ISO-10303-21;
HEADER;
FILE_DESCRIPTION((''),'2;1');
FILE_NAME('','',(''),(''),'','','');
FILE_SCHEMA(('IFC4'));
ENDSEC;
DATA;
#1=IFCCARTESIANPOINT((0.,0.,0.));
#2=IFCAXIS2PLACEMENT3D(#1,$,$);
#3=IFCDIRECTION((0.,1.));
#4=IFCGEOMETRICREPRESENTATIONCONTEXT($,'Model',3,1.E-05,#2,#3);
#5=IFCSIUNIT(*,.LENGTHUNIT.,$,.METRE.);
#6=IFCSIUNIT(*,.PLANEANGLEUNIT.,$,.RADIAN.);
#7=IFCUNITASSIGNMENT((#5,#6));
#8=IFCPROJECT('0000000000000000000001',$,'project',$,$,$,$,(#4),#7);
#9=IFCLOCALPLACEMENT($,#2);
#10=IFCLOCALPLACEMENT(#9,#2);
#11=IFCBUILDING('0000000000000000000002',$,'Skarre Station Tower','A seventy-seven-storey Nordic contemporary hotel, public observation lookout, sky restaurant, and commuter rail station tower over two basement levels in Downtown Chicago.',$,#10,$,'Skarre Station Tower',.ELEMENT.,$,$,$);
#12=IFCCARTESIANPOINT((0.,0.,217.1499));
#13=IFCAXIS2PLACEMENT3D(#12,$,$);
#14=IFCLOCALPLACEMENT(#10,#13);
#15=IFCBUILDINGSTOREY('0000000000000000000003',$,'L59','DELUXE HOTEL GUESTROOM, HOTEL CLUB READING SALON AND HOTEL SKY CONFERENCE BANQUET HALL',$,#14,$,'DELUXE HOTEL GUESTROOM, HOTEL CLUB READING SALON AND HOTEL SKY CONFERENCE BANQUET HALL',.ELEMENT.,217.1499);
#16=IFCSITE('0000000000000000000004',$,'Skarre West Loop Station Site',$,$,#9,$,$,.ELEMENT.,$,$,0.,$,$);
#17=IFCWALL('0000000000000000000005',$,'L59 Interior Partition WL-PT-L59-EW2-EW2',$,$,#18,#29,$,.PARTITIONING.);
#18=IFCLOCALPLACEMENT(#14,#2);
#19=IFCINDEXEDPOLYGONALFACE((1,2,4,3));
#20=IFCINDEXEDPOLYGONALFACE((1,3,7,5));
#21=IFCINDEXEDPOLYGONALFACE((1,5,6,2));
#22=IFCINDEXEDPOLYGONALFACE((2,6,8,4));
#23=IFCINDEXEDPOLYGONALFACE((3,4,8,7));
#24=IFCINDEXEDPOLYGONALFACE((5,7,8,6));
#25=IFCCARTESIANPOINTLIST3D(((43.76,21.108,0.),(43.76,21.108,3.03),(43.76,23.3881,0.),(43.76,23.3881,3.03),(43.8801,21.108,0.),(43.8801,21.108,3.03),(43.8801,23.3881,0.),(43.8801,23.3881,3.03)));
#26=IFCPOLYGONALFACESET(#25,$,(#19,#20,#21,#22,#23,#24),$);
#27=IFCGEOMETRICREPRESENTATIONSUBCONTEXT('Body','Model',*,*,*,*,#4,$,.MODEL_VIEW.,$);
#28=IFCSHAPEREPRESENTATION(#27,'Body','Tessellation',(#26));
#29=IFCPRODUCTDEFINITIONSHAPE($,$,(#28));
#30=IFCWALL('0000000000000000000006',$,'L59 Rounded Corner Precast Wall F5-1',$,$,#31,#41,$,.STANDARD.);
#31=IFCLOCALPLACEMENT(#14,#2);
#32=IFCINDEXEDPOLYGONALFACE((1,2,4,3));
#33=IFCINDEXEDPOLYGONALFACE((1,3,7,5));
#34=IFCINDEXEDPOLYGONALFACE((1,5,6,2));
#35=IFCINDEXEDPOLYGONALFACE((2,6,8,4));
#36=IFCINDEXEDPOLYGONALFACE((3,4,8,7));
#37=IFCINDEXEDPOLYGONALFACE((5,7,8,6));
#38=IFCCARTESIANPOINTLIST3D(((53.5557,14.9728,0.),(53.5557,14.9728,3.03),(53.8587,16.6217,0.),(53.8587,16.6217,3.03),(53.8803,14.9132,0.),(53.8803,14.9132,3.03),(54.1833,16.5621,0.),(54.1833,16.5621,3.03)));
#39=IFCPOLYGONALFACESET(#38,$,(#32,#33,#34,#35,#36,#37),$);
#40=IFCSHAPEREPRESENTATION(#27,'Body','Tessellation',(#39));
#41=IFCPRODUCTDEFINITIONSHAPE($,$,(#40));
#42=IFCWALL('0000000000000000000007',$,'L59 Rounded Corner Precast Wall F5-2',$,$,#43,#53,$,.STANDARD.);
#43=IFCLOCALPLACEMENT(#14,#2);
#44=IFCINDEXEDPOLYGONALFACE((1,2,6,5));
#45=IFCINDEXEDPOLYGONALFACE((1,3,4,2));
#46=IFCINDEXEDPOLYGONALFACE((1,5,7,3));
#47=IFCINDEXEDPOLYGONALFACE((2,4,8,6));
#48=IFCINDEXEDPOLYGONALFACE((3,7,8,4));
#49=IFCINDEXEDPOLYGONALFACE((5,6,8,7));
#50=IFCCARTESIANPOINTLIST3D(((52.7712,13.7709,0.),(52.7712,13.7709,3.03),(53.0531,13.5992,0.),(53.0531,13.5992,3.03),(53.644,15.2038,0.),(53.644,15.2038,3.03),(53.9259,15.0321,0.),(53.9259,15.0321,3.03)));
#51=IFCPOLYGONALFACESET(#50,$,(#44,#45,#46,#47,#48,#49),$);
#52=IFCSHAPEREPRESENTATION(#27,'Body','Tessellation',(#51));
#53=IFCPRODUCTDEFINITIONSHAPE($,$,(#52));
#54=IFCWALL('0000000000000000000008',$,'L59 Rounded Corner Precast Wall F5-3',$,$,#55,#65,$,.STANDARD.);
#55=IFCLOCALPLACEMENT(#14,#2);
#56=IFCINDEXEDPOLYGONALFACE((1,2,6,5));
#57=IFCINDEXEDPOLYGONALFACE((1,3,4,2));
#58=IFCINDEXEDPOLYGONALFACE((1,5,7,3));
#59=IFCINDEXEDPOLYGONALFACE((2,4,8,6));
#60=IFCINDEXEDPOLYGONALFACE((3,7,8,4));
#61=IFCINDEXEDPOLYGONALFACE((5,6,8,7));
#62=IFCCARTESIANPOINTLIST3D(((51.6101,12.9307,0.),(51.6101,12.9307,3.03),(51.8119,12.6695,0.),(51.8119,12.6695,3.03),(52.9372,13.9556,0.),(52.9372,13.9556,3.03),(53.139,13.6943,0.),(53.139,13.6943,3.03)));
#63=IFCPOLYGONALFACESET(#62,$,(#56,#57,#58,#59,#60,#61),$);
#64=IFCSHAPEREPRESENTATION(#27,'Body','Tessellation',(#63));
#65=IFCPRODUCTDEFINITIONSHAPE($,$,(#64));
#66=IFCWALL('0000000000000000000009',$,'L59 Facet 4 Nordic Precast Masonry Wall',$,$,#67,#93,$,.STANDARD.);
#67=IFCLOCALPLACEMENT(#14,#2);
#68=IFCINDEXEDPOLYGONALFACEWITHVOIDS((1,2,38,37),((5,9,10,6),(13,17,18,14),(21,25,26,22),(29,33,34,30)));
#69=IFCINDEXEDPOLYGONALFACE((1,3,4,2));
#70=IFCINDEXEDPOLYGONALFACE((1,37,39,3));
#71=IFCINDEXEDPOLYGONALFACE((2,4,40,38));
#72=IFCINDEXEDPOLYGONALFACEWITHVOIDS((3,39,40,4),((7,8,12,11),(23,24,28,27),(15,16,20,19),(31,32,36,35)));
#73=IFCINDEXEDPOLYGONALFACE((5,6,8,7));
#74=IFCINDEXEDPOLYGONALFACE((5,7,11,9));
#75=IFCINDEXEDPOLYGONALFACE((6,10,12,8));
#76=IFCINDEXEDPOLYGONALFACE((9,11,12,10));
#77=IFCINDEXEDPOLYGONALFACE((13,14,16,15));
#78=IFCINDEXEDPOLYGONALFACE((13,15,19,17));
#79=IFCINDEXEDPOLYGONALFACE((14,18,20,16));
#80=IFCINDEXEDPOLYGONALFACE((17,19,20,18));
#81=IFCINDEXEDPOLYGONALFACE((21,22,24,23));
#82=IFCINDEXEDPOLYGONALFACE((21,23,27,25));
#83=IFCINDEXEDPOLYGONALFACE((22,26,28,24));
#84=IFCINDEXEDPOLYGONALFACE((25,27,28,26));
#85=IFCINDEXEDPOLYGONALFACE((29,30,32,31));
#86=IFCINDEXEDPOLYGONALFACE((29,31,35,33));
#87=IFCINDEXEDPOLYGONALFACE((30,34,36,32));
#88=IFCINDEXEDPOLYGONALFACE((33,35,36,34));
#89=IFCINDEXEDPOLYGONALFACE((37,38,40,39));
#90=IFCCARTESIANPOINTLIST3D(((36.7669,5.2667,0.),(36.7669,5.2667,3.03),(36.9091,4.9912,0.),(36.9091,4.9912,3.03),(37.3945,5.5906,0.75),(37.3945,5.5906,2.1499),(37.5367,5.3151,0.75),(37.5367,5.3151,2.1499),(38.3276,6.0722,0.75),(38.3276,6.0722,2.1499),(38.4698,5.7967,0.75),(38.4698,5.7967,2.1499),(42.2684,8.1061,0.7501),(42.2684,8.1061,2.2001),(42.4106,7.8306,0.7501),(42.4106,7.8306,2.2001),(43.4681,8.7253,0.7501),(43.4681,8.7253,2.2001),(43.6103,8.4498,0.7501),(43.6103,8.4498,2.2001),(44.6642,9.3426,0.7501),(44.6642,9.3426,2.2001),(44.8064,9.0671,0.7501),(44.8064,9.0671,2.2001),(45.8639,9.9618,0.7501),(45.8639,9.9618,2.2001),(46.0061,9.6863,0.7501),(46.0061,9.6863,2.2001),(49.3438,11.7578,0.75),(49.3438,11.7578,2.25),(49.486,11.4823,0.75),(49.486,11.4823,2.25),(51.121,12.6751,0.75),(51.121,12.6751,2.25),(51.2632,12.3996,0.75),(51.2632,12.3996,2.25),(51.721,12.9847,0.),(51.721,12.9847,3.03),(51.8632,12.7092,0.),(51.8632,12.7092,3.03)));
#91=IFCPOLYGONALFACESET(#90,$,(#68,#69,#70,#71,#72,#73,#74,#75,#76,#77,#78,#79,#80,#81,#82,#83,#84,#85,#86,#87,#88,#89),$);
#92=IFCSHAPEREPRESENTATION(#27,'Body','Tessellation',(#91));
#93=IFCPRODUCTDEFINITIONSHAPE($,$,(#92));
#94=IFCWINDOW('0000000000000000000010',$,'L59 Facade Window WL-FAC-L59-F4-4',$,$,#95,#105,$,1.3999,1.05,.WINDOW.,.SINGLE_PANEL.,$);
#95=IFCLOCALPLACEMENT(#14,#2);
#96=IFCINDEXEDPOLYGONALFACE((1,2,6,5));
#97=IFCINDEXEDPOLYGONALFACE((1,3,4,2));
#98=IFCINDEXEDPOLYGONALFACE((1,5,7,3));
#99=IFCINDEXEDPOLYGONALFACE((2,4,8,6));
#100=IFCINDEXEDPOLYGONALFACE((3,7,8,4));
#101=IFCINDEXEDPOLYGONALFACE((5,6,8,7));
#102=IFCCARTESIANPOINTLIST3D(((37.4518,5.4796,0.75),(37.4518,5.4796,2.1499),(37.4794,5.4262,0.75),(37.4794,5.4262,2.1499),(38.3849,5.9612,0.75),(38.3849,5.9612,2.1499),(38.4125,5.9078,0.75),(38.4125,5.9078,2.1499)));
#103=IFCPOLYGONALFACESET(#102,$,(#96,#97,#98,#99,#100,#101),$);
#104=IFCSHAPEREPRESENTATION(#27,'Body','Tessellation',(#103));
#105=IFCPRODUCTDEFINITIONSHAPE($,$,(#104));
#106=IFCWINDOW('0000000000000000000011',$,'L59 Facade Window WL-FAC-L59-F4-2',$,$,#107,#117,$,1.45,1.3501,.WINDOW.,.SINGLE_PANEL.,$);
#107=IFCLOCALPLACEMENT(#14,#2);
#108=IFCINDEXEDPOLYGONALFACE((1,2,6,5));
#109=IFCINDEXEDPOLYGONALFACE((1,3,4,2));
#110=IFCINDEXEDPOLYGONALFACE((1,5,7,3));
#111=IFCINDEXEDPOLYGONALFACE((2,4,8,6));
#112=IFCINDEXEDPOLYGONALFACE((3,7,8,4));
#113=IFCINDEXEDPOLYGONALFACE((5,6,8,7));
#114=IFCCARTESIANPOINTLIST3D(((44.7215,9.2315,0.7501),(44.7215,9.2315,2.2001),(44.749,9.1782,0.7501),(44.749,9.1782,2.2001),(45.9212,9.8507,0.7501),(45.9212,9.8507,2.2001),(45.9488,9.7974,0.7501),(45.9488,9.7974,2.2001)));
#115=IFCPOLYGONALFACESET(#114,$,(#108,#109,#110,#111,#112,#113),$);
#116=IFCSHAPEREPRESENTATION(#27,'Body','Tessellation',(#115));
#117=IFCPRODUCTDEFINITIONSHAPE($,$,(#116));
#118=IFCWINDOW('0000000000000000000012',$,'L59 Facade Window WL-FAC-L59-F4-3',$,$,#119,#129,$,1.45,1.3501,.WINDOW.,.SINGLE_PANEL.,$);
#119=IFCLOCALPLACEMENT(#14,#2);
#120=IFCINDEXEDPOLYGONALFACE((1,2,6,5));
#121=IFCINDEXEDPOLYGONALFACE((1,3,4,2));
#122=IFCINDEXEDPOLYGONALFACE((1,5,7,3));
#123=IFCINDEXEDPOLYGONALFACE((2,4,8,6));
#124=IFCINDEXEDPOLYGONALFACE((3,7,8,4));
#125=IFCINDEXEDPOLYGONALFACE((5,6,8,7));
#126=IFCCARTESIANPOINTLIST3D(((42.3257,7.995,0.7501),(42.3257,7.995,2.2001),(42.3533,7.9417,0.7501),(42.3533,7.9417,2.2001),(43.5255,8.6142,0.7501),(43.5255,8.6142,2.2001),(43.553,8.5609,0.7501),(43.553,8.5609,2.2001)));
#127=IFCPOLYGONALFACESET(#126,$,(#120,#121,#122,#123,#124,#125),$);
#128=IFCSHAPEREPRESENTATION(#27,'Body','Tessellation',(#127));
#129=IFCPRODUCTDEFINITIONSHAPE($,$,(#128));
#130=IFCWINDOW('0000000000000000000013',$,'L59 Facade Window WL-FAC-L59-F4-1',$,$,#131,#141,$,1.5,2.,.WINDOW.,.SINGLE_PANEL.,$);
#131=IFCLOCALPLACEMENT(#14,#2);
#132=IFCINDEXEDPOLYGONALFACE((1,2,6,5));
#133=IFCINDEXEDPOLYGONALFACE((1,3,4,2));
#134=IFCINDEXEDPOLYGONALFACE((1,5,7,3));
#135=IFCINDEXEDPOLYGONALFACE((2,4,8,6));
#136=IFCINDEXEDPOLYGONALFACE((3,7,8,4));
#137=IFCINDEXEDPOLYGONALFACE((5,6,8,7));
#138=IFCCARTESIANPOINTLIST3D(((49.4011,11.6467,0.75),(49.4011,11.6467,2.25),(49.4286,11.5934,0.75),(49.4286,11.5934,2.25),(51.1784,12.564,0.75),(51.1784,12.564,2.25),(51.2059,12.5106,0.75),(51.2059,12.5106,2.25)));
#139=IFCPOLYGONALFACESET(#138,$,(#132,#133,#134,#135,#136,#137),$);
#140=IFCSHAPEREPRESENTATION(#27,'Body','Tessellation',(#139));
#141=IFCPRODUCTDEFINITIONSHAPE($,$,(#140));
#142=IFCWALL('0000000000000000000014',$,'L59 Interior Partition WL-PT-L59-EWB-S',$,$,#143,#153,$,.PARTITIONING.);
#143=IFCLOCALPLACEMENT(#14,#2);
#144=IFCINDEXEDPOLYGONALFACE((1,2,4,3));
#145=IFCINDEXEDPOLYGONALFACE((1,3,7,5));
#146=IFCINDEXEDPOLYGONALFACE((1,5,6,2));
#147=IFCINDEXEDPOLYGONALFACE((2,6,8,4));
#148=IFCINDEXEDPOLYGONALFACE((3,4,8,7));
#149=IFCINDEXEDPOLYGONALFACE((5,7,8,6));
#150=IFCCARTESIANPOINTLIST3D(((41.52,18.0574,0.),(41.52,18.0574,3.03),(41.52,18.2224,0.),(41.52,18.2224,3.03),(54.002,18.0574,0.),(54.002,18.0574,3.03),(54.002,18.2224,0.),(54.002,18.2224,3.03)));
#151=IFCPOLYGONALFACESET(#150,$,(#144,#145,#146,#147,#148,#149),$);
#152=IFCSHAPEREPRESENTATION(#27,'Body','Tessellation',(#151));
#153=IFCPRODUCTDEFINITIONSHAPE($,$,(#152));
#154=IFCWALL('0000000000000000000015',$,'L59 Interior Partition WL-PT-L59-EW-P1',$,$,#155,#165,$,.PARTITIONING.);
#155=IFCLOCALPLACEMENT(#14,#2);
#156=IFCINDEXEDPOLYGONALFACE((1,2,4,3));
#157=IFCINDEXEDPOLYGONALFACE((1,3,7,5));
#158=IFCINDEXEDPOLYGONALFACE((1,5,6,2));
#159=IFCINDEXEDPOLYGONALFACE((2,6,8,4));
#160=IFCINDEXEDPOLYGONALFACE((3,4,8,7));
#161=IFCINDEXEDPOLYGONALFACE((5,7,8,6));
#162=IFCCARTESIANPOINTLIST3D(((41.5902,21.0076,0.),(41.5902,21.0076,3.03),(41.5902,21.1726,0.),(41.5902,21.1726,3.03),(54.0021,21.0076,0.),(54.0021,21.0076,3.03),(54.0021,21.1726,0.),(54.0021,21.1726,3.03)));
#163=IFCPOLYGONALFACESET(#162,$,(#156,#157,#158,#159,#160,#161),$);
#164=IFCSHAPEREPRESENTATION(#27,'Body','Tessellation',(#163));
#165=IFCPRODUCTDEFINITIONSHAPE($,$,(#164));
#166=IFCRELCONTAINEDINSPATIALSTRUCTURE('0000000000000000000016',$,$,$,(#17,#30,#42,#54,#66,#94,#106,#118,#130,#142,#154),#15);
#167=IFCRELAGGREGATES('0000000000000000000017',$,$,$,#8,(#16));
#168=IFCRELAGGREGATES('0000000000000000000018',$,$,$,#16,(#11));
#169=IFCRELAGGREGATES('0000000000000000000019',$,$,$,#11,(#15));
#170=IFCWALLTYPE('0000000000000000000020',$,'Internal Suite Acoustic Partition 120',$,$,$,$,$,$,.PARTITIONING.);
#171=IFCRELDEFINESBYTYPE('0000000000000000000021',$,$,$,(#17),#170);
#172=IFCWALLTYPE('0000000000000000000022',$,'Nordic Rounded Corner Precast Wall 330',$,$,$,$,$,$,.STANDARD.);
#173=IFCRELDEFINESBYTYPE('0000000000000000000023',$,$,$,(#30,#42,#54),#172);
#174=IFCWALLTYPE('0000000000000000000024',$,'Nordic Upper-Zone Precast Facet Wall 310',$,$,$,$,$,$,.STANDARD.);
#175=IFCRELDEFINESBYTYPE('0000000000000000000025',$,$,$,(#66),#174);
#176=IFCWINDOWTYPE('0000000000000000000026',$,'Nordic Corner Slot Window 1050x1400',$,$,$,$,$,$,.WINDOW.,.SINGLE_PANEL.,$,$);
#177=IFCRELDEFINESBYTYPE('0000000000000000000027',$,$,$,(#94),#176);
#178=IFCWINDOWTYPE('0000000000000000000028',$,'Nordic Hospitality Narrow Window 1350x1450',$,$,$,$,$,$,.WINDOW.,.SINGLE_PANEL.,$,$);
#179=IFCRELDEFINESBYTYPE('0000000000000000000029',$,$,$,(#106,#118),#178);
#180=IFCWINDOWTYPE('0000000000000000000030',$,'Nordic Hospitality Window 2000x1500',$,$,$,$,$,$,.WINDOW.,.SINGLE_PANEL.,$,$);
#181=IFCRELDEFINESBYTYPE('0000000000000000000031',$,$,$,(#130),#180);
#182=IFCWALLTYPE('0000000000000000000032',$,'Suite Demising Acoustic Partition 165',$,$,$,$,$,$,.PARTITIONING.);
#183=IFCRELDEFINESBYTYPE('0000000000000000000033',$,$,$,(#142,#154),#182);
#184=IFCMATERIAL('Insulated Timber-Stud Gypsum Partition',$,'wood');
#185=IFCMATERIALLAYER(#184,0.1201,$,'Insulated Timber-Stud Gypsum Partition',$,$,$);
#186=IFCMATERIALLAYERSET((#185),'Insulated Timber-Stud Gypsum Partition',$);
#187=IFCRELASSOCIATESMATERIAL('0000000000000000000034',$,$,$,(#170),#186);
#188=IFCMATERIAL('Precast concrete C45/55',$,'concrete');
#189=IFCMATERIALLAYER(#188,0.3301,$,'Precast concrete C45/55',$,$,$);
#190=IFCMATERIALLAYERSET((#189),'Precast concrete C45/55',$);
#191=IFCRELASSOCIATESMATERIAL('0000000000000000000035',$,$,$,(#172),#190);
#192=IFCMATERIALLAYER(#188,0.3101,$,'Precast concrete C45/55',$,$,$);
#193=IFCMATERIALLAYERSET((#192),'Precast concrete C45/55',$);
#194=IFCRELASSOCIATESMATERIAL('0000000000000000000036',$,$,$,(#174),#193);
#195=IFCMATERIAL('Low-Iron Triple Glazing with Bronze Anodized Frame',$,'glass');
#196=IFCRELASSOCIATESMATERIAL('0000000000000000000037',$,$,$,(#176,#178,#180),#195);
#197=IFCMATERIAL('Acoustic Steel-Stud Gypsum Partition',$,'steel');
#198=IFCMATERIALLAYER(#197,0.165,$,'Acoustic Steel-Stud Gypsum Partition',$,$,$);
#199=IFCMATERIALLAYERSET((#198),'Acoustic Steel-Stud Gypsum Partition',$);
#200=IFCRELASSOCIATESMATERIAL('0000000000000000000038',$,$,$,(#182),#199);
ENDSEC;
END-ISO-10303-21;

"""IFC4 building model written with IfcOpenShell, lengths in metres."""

from ifc_helpers import new_model, si_unit, direction, frame, frame_2d, origin, place, context, subcontext, project, spatial, rectangle, extrude, material, layer, layer_set, type_object, element, fill, save


model = new_model("IFC4")

# Units and contexts
model_context = context("Model", 3, precision=1e-05, world=origin(), true_north=direction((0.0, 1.0)))
body_context = subcontext(model_context, "Body", "Model", "MODEL_VIEW")
ifc_project = project(units=[si_unit("LENGTHUNIT", "METRE"), si_unit("PLANEANGLEUNIT", "RADIAN")], contexts=[model_context])

# Site, building, storey
site_placement = place(None, origin())
site = spatial("IfcSite", under=ifc_project, at=site_placement, Name="Skarre West Loop Station Site", CompositionType="ELEMENT", RefElevation=0.0)
building_placement = place(site_placement, origin())
building = spatial("IfcBuilding", under=site, at=building_placement, Name="Skarre Station Tower", Description="A seventy-seven-storey Nordic contemporary hotel, public observation lookout, sky restaurant, and commuter rail station tower over two basement levels in Downtown Chicago.", LongName="Skarre Station Tower", CompositionType="ELEMENT")
storey_placement = place(building_placement, frame((0.0, 0.0, 217.1499)))
storey = spatial("IfcBuildingStorey", under=building, at=storey_placement, Name="L59", Description="DELUXE HOTEL GUESTROOM, HOTEL CLUB READING SALON AND HOTEL SKY CONFERENCE BANQUET HALL", LongName="DELUXE HOTEL GUESTROOM, HOTEL CLUB READING SALON AND HOTEL SKY CONFERENCE BANQUET HALL", CompositionType="ELEMENT", Elevation=217.1499)

# Shared definitions
ifc_material_1 = material(Name="Acoustic Steel-Stud Gypsum Partition", Category="steel")

# Walls
ifc_material_2 = material(Name="Insulated Timber-Stud Gypsum Partition", Category="wood")
ifc_layer_1 = layer(ifc_material_2, 0.1201, Name="Insulated Timber-Stud Gypsum Partition")
ifc_layer_set_1 = layer_set([ifc_layer_1], Name="Insulated Timber-Stud Gypsum Partition")
wall_type_1 = type_object("IfcWallType", Name="Internal Suite Acoustic Partition 120", PredefinedType="PARTITIONING", material=ifc_layer_set_1)
wall_1_placement = place(storey_placement, frame((43.8201, 21.1079, 0.0), z_axis=(0.0, 0.0, 1.0), x_axis=(0.0, 1.0, 0.0)))
element("IfcWall", 1, at=wall_1_placement, inside=storey, type_object=wall_type_1, Name="L59 Interior Partition WL-PT-L59-EW2-EW2", PredefinedType="PARTITIONING", context=body_context, shape_type="SweptSolid", body=[
    extrude(rectangle(XDim=2.28, YDim=0.1201, at=frame_2d((1.1401, 0.0))), origin(), (0.0, 0.0, 1.0), 3.03),
])
ifc_material_3 = material(Name="Precast concrete C45/55", Category="concrete")
ifc_layer_2 = layer(ifc_material_3, 0.3301, Name="Precast concrete C45/55")
ifc_layer_set_2 = layer_set([ifc_layer_2], Name="Precast concrete C45/55")
wall_type_2 = type_object("IfcWallType", Name="Nordic Rounded Corner Precast Wall 330", PredefinedType="STANDARD", material=ifc_layer_set_2)
wall_2_placement = place(storey_placement, frame((54.021, 16.592, 0.0), z_axis=(0.0, 0.0, 1.0), x_axis=(-0.180718, -0.983535, 0.0)))
element("IfcWall", 2, at=wall_2_placement, inside=storey, type_object=wall_type_2, Name="L59 Rounded Corner Precast Wall F5-1", PredefinedType="STANDARD", context=body_context, shape_type="SweptSolid", body=[
    extrude(rectangle(XDim=1.6765, YDim=0.3301, at=frame_2d((0.8384, 0.0))), origin(), (0.0, 0.0, 1.0), 3.03),
])
wall_3_placement = place(storey_placement, frame((53.7849, 15.1179, 0.0), z_axis=(0.0, 0.0, 1.0), x_axis=(-0.520219, -0.854033, 0.0)))
element("IfcWall", 3, at=wall_3_placement, inside=storey, type_object=wall_type_2, Name="L59 Rounded Corner Precast Wall F5-2", PredefinedType="STANDARD", context=body_context, shape_type="SweptSolid", body=[
    extrude(rectangle(XDim=1.6777, YDim=0.3301, at=frame_2d((0.8389, 0.0))), origin(), (0.0, 0.0, 1.0), 3.03),
])
wall_4_placement = place(storey_placement, frame((53.0381, 13.825, 0.0), z_axis=(0.0, 0.0, 1.0), x_axis=(-0.791464, -0.611215, 0.0)))
element("IfcWall", 4, at=wall_4_placement, inside=storey, type_object=wall_type_2, Name="L59 Rounded Corner Precast Wall F5-3", PredefinedType="STANDARD", context=body_context, shape_type="SweptSolid", body=[
    extrude(rectangle(XDim=1.6768, YDim=0.3301, at=frame_2d((0.8384, 0.0))), origin(), (0.0, 0.0, 1.0), 3.03),
])

# Wall, openings, windows
ifc_layer_3 = layer(ifc_material_3, 0.3101, Name="Precast concrete C45/55")
ifc_layer_set_3 = layer_set([ifc_layer_3], Name="Precast concrete C45/55")
wall_type_3 = type_object("IfcWallType", Name="Nordic Upper-Zone Precast Facet Wall 310", PredefinedType="STANDARD", material=ifc_layer_set_3)
wall_5_placement = place(storey_placement, frame((51.792, 12.8469, 0.0), z_axis=(0.0, 0.0, 1.0), x_axis=(-0.888626, -0.458632, 0.0)))
wall_5 = element("IfcWall", 5, at=wall_5_placement, inside=storey, type_object=wall_type_3, Name="L59 Facet 4 Nordic Precast Masonry Wall", PredefinedType="STANDARD", context=body_context, shape_type="SweptSolid", body=[
    extrude(rectangle(XDim=16.8284, YDim=0.3101, at=frame_2d((8.4141, 0.0))), origin(), (0.0, 0.0, 1.0), 3.03),
])
opening_1_placement = place(wall_5_placement, frame((0.675, 0.0, 0.75)))
opening_1 = element("IfcOpeningElement", 6, at=opening_1_placement, cuts=wall_5, PredefinedType="OPENING", context=body_context, shape_type="SweptSolid", body=[
    extrude(rectangle(XDim=2.0, YDim=1.5, at=frame_2d((1.0, 0.75))), frame((0.0, 0.165, 0.0), z_axis=(0.0, -1.0, 0.0), x_axis=(1.0, 0.0, 0.0)), (0.0, 0.0, 1.0), 0.3301),
])
opening_2_placement = place(wall_5_placement, frame((6.5911, 0.0, 0.75)))
opening_2 = element("IfcOpeningElement", 7, at=opening_2_placement, cuts=wall_5, PredefinedType="OPENING", context=body_context, shape_type="SweptSolid", body=[
    extrude(rectangle(XDim=1.3501, YDim=1.45, at=frame_2d((0.675, 0.7251))), frame((0.0, 0.165, 0.0), z_axis=(0.0, -1.0, 0.0), x_axis=(1.0, 0.0, 0.0)), (0.0, 0.0, 1.0), 0.3301),
])
opening_3_placement = place(wall_5_placement, frame((9.2871, 0.0, 0.75)))
opening_3 = element("IfcOpeningElement", 8, at=opening_3_placement, cuts=wall_5, PredefinedType="OPENING", context=body_context, shape_type="SweptSolid", body=[
    extrude(rectangle(XDim=1.3501, YDim=1.45, at=frame_2d((0.675, 0.7251))), frame((0.0, 0.165, 0.0), z_axis=(0.0, -1.0, 0.0), x_axis=(1.0, 0.0, 0.0)), (0.0, 0.0, 1.0), 0.3301),
])
opening_4_placement = place(wall_5_placement, frame((15.072, 0.0, 0.75)))
opening_4 = element("IfcOpeningElement", 9, at=opening_4_placement, cuts=wall_5, PredefinedType="OPENING", context=body_context, shape_type="SweptSolid", body=[
    extrude(rectangle(XDim=1.05, YDim=1.3999, at=frame_2d((0.5249, 0.7))), frame((0.0, 0.165, 0.0), z_axis=(0.0, -1.0, 0.0), x_axis=(1.0, 0.0, 0.0)), (0.0, 0.0, 1.0), 0.3301),
])
ifc_material_4 = material(Name="Low-Iron Triple Glazing with Bronze Anodized Frame", Category="glass")
window_type_1 = type_object("IfcWindowType", Name="Nordic Corner Slot Window 1050x1400", PartitioningType="SINGLE_PANEL", PredefinedType="WINDOW", material=ifc_material_4)
window_1_placement = place(opening_4_placement, origin())
window_1 = element("IfcWindow", 10, at=window_1_placement, inside=storey, type_object=window_type_1, Name="L59 Facade Window WL-FAC-L59-F4-4", OverallHeight=1.3999, OverallWidth=1.05, PartitioningType="SINGLE_PANEL", PredefinedType="WINDOW", context=body_context, shape_type="SweptSolid", body=[
    extrude(rectangle(XDim=1.05, YDim=1.3999, at=frame_2d((0.5249, 0.7))), frame((0.0, 0.03, 0.0), z_axis=(0.0, -1.0, 0.0), x_axis=(1.0, 0.0, 0.0)), (0.0, 0.0, 1.0), 0.0601),
])
fill(opening_4, window_1)
window_type_2 = type_object("IfcWindowType", Name="Nordic Hospitality Narrow Window 1350x1450", PartitioningType="SINGLE_PANEL", PredefinedType="WINDOW", material=ifc_material_4)
window_2_placement = place(opening_2_placement, origin())
window_2 = element("IfcWindow", 11, at=window_2_placement, inside=storey, type_object=window_type_2, Name="L59 Facade Window WL-FAC-L59-F4-2", OverallHeight=1.45, OverallWidth=1.3501, PartitioningType="SINGLE_PANEL", PredefinedType="WINDOW", context=body_context, shape_type="SweptSolid", body=[
    extrude(rectangle(XDim=1.3501, YDim=1.45, at=frame_2d((0.675, 0.7251))), frame((0.0, 0.03, 0.0), z_axis=(0.0, -1.0, 0.0), x_axis=(1.0, 0.0, 0.0)), (0.0, 0.0, 1.0), 0.0601),
])
fill(opening_2, window_2)
window_3_placement = place(opening_3_placement, origin())
window_3 = element("IfcWindow", 12, at=window_3_placement, inside=storey, type_object=window_type_2, Name="L59 Facade Window WL-FAC-L59-F4-3", OverallHeight=1.45, OverallWidth=1.3501, PartitioningType="SINGLE_PANEL", PredefinedType="WINDOW", context=body_context, shape_type="SweptSolid", body=[
    extrude(rectangle(XDim=1.3501, YDim=1.45, at=frame_2d((0.675, 0.7251))), frame((0.0, 0.03, 0.0), z_axis=(0.0, -1.0, 0.0), x_axis=(1.0, 0.0, 0.0)), (0.0, 0.0, 1.0), 0.0601),
])
fill(opening_3, window_3)
window_type_3 = type_object("IfcWindowType", Name="Nordic Hospitality Window 2000x1500", PartitioningType="SINGLE_PANEL", PredefinedType="WINDOW", material=ifc_material_4)
window_4_placement = place(opening_1_placement, origin())
window_4 = element("IfcWindow", 13, at=window_4_placement, inside=storey, type_object=window_type_3, Name="L59 Facade Window WL-FAC-L59-F4-1", OverallHeight=1.5, OverallWidth=2.0, PartitioningType="SINGLE_PANEL", PredefinedType="WINDOW", context=body_context, shape_type="SweptSolid", body=[
    extrude(rectangle(XDim=2.0, YDim=1.5, at=frame_2d((1.0, 0.75))), frame((0.0, 0.03, 0.0), z_axis=(0.0, -1.0, 0.0), x_axis=(1.0, 0.0, 0.0)), (0.0, 0.0, 1.0), 0.0601),
])
fill(opening_1, window_4)

# Walls
ifc_layer_4 = layer(ifc_material_1, 0.165, Name="Acoustic Steel-Stud Gypsum Partition")
ifc_layer_set_4 = layer_set([ifc_layer_4], Name="Acoustic Steel-Stud Gypsum Partition")
wall_type_4 = type_object("IfcWallType", Name="Suite Demising Acoustic Partition 165", PredefinedType="PARTITIONING", material=ifc_layer_set_4)
wall_6_placement = place(storey_placement, frame((41.52, 18.1399, 0.0), z_axis=(0.0, 0.0, 1.0), x_axis=(1.0, 0.0, 0.0)))
element("IfcWall", 14, at=wall_6_placement, inside=storey, type_object=wall_type_4, Name="L59 Interior Partition WL-PT-L59-EWB-S", PredefinedType="PARTITIONING", context=body_context, shape_type="SweptSolid", body=[
    extrude(rectangle(XDim=12.4819, YDim=0.165, at=frame_2d((6.241, 0.0))), origin(), (0.0, 0.0, 1.0), 3.03),
])
wall_7_placement = place(storey_placement, frame((41.5901, 21.0901, 0.0), z_axis=(0.0, 0.0, 1.0), x_axis=(1.0, 0.0, 0.0)))
element("IfcWall", 15, at=wall_7_placement, inside=storey, type_object=wall_type_4, Name="L59 Interior Partition WL-PT-L59-EW-P1", PredefinedType="PARTITIONING", context=body_context, shape_type="SweptSolid", body=[
    extrude(rectangle(XDim=12.4119, YDim=0.165, at=frame_2d((6.2061, 0.0))), origin(), (0.0, 0.0, 1.0), 3.03),
])

save(model, "model.ifc")
